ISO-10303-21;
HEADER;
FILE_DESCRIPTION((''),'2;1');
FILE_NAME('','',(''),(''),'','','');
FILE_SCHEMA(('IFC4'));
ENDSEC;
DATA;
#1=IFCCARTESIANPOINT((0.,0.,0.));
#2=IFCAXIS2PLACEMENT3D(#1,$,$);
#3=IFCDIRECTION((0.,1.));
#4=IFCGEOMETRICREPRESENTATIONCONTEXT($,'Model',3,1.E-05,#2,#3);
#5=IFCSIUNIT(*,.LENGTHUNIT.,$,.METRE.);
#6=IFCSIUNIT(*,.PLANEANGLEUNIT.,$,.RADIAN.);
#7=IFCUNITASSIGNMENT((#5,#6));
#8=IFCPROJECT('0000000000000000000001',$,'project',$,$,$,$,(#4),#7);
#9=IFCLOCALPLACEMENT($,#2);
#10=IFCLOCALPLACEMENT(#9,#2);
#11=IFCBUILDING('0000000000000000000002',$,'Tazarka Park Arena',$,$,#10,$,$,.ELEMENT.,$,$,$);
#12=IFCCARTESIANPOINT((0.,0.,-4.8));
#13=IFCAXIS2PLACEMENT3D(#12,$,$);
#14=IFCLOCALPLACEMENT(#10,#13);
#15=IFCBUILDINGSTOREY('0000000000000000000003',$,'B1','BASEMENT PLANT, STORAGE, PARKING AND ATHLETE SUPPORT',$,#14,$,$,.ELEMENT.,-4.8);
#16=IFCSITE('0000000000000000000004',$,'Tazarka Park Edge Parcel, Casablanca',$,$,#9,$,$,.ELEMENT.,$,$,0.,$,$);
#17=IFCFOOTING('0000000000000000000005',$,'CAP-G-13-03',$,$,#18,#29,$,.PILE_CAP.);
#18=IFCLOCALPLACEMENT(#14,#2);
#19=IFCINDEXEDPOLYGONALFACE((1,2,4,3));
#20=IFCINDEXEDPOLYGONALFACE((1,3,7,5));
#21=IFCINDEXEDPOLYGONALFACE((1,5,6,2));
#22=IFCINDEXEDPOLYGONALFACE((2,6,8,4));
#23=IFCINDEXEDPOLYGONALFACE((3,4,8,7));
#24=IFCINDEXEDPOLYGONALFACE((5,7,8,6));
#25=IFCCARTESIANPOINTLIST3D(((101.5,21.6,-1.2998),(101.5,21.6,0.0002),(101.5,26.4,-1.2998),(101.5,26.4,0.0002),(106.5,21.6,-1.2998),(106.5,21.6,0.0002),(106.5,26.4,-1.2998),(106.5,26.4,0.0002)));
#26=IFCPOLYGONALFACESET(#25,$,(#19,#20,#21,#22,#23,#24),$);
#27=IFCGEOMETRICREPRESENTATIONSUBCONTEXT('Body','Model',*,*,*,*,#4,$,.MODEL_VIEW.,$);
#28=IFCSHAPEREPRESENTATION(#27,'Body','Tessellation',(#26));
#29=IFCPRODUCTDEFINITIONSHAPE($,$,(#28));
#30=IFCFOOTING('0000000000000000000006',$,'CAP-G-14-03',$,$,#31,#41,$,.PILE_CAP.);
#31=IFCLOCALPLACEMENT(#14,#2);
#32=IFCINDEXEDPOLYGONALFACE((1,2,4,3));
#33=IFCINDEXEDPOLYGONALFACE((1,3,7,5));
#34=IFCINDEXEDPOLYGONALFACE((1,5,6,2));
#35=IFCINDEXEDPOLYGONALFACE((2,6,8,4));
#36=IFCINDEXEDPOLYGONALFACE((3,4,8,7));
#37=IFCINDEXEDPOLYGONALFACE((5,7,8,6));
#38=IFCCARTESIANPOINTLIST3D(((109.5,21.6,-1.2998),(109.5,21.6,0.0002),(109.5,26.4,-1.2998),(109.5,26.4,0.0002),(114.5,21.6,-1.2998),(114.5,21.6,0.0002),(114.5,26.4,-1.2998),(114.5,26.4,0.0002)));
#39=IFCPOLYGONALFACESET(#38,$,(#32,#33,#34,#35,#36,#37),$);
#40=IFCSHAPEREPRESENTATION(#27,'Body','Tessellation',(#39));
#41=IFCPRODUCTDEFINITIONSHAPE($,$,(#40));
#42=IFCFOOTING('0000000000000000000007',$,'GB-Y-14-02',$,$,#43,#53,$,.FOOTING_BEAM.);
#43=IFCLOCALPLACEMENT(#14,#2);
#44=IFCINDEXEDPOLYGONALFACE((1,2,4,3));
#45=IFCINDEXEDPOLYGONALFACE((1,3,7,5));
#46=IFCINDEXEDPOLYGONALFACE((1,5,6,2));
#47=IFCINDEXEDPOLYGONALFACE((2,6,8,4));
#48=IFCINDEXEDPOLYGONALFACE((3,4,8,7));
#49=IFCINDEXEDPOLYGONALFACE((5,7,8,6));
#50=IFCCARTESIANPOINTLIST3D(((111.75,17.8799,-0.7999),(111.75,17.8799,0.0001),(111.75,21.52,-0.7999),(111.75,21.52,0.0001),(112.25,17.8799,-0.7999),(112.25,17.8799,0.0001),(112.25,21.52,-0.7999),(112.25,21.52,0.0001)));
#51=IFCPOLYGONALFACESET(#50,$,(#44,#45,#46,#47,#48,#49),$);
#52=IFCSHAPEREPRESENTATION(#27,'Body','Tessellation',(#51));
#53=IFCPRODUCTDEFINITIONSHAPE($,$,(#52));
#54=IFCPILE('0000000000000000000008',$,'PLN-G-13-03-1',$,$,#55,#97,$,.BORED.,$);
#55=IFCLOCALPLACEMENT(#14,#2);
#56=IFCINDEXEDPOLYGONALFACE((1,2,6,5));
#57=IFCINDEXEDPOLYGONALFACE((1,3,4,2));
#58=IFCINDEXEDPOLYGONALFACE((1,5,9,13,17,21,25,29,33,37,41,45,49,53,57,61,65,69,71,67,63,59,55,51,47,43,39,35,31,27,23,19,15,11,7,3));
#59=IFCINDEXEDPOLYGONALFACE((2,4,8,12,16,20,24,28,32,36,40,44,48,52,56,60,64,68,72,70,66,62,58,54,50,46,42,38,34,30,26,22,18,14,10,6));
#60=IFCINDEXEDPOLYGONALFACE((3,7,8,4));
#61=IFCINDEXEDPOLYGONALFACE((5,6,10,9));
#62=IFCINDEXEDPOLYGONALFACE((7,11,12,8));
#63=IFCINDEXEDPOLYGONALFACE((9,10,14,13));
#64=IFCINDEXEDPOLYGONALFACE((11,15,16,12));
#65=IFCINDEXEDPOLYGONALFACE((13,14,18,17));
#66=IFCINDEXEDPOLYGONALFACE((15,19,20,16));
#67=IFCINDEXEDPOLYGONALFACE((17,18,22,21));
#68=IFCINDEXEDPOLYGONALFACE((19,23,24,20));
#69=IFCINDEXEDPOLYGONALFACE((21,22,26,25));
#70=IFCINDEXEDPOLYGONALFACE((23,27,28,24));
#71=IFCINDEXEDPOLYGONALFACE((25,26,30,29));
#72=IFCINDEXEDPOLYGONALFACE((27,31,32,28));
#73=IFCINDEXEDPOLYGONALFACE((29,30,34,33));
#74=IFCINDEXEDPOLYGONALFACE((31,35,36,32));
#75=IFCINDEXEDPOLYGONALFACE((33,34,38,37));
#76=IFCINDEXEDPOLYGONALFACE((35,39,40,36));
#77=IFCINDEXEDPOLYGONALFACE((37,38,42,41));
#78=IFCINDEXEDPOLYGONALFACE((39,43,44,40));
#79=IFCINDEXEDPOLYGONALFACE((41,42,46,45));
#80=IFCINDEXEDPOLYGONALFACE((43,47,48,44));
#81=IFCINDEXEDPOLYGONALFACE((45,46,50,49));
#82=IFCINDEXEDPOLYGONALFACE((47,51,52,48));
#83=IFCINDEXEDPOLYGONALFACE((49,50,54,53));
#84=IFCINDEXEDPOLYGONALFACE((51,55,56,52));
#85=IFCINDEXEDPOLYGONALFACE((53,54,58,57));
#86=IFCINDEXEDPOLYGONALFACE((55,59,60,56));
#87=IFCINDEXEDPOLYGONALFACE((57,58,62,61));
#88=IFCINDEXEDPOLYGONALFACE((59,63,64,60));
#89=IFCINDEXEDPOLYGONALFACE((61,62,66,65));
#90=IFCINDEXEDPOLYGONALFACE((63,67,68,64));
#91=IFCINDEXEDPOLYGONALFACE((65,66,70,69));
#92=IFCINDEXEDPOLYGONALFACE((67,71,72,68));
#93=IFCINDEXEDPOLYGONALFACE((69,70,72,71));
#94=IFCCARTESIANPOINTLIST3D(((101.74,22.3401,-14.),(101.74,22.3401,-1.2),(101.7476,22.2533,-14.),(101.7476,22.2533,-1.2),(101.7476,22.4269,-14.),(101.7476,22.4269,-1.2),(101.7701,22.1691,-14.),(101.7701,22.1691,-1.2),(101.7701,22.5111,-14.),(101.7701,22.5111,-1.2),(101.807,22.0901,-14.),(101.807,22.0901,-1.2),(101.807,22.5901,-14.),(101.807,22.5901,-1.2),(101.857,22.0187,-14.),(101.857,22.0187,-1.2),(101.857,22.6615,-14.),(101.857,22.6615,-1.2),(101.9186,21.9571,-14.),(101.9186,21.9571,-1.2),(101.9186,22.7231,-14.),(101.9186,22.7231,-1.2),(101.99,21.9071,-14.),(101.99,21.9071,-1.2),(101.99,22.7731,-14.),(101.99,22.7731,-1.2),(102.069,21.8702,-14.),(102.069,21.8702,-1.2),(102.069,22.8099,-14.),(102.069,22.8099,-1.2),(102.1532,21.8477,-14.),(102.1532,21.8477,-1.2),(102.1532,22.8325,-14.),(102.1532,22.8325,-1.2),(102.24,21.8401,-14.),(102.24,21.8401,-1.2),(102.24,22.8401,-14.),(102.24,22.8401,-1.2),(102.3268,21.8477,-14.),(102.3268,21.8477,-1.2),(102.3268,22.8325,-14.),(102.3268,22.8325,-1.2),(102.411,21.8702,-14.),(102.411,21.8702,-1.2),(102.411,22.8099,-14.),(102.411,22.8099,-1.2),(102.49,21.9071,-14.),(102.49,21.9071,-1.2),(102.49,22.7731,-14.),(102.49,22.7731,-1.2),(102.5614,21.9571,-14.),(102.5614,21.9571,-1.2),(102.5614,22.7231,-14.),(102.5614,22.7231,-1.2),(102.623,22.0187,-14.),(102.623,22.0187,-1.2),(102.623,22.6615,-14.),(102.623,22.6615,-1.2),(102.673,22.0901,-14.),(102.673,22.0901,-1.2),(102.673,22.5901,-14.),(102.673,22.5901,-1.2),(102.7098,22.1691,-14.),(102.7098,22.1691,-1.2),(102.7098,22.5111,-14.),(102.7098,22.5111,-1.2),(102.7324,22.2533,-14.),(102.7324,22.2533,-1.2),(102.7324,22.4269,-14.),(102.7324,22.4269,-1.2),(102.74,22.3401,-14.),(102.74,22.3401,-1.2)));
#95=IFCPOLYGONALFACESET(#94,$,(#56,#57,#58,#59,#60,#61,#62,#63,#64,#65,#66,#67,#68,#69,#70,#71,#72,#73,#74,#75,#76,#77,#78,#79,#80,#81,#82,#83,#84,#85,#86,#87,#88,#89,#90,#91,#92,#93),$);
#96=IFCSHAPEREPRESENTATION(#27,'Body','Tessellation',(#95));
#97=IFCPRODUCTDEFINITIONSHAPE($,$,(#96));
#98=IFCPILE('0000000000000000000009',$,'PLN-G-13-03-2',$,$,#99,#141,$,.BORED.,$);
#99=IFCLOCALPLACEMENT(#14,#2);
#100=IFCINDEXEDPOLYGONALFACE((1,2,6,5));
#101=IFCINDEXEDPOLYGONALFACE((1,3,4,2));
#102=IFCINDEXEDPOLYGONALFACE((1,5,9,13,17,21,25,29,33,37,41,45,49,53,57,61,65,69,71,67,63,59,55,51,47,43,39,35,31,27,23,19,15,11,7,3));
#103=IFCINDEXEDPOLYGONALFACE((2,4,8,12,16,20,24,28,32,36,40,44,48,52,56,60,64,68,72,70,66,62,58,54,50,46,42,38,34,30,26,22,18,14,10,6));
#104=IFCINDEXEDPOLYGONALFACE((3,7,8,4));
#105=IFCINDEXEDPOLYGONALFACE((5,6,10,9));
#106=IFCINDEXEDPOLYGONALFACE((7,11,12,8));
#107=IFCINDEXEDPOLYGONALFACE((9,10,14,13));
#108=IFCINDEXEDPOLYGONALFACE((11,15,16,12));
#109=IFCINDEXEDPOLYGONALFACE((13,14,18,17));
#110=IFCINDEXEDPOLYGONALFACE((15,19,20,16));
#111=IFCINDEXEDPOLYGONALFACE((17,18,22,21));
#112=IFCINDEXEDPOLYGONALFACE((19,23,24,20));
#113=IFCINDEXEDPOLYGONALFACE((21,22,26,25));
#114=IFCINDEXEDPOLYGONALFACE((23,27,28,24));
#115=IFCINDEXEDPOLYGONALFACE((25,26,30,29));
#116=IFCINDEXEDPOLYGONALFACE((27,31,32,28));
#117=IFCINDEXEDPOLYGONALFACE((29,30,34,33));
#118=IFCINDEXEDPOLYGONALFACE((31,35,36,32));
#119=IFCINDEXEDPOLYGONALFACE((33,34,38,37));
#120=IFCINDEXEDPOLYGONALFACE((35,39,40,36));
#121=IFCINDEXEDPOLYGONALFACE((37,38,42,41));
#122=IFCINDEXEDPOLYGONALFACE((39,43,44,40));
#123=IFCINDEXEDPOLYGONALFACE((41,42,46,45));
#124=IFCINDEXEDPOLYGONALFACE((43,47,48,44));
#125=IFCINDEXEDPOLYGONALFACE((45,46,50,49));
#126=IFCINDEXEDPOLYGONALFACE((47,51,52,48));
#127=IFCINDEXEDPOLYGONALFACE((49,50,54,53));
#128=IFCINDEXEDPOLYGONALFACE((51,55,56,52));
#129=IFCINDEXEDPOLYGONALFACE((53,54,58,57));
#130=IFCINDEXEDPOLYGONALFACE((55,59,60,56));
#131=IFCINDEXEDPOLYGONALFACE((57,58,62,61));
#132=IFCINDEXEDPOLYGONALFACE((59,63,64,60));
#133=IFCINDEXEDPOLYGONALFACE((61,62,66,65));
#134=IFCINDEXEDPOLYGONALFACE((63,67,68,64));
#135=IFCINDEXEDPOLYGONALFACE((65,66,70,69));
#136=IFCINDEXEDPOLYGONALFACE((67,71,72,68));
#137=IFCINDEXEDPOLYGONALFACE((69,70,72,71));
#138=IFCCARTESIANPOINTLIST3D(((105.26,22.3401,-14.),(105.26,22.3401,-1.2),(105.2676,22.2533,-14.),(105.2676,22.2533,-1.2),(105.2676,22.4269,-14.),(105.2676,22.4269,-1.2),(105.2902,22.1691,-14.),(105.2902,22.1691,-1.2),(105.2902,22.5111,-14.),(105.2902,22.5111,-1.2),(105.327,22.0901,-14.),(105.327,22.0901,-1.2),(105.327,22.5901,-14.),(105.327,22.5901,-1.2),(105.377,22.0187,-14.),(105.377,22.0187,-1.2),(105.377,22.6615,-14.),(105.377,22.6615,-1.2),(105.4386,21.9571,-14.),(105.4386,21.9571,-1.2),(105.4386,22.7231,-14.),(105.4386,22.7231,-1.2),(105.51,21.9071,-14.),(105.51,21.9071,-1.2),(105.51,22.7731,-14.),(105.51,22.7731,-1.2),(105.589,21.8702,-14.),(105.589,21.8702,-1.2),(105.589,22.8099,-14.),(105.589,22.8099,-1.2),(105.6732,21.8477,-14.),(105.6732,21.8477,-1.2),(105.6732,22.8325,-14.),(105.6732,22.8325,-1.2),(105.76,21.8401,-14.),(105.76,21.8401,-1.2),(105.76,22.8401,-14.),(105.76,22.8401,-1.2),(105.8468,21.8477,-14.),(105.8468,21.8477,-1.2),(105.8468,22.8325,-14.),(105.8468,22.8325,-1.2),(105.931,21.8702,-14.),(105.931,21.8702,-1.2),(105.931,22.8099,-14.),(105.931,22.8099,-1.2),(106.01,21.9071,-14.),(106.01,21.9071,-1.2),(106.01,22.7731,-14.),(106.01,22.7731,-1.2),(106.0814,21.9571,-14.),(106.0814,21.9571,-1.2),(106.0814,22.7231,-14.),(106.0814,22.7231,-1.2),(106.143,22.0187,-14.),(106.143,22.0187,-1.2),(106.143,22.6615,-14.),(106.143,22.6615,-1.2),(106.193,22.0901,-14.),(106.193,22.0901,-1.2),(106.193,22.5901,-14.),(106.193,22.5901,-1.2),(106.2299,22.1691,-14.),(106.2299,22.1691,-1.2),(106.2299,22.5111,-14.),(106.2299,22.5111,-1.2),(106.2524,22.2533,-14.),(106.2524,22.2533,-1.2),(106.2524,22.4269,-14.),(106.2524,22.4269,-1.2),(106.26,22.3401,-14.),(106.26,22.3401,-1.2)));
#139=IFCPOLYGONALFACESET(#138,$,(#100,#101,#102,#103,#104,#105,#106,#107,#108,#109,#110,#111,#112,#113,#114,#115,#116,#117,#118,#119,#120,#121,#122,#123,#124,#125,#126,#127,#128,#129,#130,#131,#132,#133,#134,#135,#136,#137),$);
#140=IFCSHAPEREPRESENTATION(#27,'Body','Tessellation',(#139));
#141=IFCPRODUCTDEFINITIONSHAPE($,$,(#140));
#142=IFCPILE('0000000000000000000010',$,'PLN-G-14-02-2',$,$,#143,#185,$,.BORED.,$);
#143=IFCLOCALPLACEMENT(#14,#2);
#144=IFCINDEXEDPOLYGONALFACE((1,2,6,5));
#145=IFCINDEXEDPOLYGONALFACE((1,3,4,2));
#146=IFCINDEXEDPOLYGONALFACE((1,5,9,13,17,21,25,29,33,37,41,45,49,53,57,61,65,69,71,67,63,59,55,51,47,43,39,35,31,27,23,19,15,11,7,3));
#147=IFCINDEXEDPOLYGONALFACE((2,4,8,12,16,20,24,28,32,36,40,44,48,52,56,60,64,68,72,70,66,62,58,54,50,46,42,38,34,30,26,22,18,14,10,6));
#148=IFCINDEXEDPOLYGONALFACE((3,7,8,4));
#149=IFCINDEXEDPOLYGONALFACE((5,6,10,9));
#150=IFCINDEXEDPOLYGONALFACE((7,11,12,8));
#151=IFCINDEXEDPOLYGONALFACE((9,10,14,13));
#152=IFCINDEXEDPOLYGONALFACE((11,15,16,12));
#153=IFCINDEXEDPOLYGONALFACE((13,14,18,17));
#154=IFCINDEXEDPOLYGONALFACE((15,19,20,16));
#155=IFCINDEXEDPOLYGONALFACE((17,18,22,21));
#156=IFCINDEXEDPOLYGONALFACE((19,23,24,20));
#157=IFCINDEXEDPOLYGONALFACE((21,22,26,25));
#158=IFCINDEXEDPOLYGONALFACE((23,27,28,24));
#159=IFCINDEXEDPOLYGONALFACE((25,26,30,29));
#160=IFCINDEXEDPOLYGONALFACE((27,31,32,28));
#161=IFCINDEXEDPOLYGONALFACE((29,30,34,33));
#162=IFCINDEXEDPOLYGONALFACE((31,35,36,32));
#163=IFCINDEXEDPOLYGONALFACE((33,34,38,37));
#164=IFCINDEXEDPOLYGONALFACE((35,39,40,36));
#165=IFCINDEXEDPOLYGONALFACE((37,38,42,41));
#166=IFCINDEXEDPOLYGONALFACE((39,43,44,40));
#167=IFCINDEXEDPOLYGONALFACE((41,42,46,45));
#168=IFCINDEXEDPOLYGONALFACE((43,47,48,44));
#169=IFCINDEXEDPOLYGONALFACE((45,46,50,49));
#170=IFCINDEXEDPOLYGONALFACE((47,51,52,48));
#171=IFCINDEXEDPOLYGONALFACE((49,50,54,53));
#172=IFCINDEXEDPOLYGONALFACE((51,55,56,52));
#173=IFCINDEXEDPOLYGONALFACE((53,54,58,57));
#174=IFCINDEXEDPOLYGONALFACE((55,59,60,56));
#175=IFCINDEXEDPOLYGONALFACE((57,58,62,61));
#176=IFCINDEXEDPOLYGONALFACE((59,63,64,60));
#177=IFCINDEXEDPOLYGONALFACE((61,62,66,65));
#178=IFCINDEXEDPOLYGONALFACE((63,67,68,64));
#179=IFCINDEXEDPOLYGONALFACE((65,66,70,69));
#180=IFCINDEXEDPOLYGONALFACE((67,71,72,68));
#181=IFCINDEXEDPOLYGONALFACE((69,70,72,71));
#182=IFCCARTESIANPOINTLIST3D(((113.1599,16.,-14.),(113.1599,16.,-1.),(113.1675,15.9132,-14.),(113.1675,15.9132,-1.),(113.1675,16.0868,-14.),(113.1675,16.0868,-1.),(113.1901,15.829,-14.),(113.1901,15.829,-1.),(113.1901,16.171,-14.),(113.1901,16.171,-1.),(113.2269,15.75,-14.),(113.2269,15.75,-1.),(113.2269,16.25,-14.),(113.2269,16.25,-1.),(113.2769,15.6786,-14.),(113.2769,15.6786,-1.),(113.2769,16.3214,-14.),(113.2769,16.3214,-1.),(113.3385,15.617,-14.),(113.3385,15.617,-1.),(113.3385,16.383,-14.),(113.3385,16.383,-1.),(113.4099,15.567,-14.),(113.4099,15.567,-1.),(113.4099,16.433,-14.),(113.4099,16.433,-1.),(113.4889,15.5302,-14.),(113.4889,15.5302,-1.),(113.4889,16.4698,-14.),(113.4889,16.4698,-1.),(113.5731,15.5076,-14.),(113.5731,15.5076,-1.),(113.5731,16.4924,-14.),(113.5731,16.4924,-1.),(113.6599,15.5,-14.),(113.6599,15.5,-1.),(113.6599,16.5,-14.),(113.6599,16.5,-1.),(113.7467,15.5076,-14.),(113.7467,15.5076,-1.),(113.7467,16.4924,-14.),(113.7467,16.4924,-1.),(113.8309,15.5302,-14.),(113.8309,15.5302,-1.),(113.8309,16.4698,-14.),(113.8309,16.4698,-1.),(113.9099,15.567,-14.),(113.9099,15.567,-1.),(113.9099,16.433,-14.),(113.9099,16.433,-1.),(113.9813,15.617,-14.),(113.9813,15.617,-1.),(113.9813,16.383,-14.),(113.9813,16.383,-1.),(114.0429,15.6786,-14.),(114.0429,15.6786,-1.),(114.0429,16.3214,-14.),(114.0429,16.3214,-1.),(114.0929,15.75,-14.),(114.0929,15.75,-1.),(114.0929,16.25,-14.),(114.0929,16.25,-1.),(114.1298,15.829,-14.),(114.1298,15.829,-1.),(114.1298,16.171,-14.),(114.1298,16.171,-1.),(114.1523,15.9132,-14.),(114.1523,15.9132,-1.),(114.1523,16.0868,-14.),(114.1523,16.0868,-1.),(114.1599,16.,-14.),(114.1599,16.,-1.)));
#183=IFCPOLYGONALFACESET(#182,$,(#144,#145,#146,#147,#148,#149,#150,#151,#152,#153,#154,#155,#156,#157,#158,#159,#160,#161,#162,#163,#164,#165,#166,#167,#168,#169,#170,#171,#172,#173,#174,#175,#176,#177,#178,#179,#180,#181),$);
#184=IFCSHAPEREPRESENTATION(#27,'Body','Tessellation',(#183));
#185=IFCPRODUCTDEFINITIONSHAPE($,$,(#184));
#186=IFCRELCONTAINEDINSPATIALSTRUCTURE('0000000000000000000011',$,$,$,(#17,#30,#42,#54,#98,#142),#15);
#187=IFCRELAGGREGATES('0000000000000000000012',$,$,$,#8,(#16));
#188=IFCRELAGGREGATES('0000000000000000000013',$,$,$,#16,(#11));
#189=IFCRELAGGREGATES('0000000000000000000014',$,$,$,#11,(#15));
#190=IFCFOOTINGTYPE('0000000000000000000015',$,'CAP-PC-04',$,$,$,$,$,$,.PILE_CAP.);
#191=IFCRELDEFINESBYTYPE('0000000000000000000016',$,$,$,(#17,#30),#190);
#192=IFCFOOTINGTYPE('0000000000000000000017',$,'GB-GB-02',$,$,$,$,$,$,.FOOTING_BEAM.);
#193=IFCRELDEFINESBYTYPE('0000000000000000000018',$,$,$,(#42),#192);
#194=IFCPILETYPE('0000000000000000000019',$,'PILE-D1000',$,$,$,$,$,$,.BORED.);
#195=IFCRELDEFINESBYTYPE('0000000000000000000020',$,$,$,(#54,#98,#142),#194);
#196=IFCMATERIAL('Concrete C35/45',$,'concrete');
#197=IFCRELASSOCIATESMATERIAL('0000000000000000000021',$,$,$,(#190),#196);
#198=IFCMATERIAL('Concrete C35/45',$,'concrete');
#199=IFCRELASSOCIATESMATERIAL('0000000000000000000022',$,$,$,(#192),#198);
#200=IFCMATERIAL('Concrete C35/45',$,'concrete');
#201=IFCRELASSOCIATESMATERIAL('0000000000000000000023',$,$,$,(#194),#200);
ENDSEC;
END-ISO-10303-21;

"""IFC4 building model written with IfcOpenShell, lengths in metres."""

from ifc_helpers import new_model, si_unit, direction, frame, origin, origin_2d, place, context, subcontext, project, spatial, rectangle, circle, extrude, material, material_profile, profile_set, type_object, element, save


model = new_model("IFC4")

# Units and contexts
model_context = context("Model", 3, precision=1e-05, world=origin(), true_north=direction((0.0, 1.0)))
body_context = subcontext(model_context, "Body", "Model", "MODEL_VIEW")
ifc_project = project(units=[si_unit("LENGTHUNIT", "METRE"), si_unit("PLANEANGLEUNIT", "RADIAN")], contexts=[model_context])

# Site, building, storey
site_placement = place(None, origin())
site = spatial("IfcSite", under=ifc_project, at=site_placement, Name="Tazarka Park Edge Parcel, Casablanca", CompositionType="ELEMENT", RefElevation=0.0)
building_placement = place(site_placement, origin())
building = spatial("IfcBuilding", under=site, at=building_placement, Name="Tazarka Park Arena", CompositionType="ELEMENT")
storey_placement = place(building_placement, frame((0.0, 0.0, -4.8)))
storey = spatial("IfcBuildingStorey", under=building, at=storey_placement, Name="B1", Description="BASEMENT PLANT, STORAGE, PARKING AND ATHLETE SUPPORT", CompositionType="ELEMENT", Elevation=-4.8)

# Footings
ifc_material_1 = material(Name="Concrete C35/45", Category="concrete")
footing_type_1 = type_object("IfcFootingType", Name="CAP-PC-04", PredefinedType="PILE_CAP", material=ifc_material_1)
for number, where, z_axis, x_axis, name in (
    (1, (104.0, 24.0, -1.2998), (0.0, 0.0, 1.0), (1.0, 0.0, 0.0), "CAP-G-13-03"),
    (2, (112.0, 24.0, -1.2998), (0.0, 0.0, 1.0), (1.0, 0.0, 0.0), "CAP-G-14-03"),
):
    element("IfcFooting", number, at=place(storey_placement, frame(where, z_axis=z_axis, x_axis=x_axis)), inside=storey, type_object=footing_type_1, Name=name, PredefinedType="PILE_CAP", context=body_context, shape_type="SweptSolid", body=[
        extrude(rectangle(XDim=5.0, YDim=4.8, at=origin_2d()), origin(), (0.0, 0.0, 1.0), 1.3),
    ])
ifc_material_2 = material(Name="Concrete C35/45", Category="concrete")
ifc_material_profile_1 = material_profile(ifc_material_2, rectangle(XDim=0.5, YDim=0.8, at=origin_2d()), Name="Concrete C35/45")
ifc_profile_set_1 = profile_set([ifc_material_profile_1], Name="Concrete C35/45")
footing_type_2 = type_object("IfcFootingType", Name="GB-GB-02", PredefinedType="FOOTING_BEAM", material=ifc_profile_set_1)
footing_1_placement = place(storey_placement, frame((112.0, 17.8799, -0.3999), z_axis=(0.0, 1.0, 0.0), x_axis=(-1.0, 0.0, 0.0)))
element("IfcFooting", 3, at=footing_1_placement, inside=storey, type_object=footing_type_2, Name="GB-Y-14-02", PredefinedType="FOOTING_BEAM", context=body_context, shape_type="SweptSolid", body=[
    extrude(rectangle(XDim=0.5, YDim=0.8, at=origin_2d()), origin(), (0.0, 0.0, 1.0), 3.6401),
])

# Piles
ifc_material_3 = material(Name="Concrete C35/45", Category="concrete")
ifc_material_profile_2 = material_profile(ifc_material_3, circle(Radius=0.5, at=origin_2d()), Name="Concrete C35/45")
ifc_profile_set_2 = profile_set([ifc_material_profile_2], Name="Concrete C35/45")
pile_type_1 = type_object("IfcPileType", Name="PILE-D1000", PredefinedType="BORED", material=ifc_profile_set_2)
for number, where, z_axis, x_axis, name in (
    (4, (102.24, 22.3401, -1.2), (0.0, 0.0, -1.0), (1.0, 0.0, 0.0), "PLN-G-13-03-1"),
    (5, (105.76, 22.3401, -1.2), (0.0, 0.0, -1.0), (1.0, 0.0, 0.0), "PLN-G-13-03-2"),
):
    element("IfcPile", number, at=place(storey_placement, frame(where, z_axis=z_axis, x_axis=x_axis)), inside=storey, type_object=pile_type_1, Name=name, PredefinedType="BORED", context=body_context, shape_type="SweptSolid", body=[
        extrude(circle(Radius=0.5, at=origin_2d()), origin(), (0.0, 0.0, 1.0), 12.8),
    ])
pile_placement = place(storey_placement, frame((113.6599, 16.0, -1.0), z_axis=(0.0, 0.0, -1.0), x_axis=(1.0, 0.0, 0.0)))
element("IfcPile", 6, at=pile_placement, inside=storey, type_object=pile_type_1, Name="PLN-G-14-02-2", PredefinedType="BORED", context=body_context, shape_type="SweptSolid", body=[
    extrude(circle(Radius=0.5, at=origin_2d()), origin(), (0.0, 0.0, 1.0), 13.0),
])

save(model, "model.ifc")
